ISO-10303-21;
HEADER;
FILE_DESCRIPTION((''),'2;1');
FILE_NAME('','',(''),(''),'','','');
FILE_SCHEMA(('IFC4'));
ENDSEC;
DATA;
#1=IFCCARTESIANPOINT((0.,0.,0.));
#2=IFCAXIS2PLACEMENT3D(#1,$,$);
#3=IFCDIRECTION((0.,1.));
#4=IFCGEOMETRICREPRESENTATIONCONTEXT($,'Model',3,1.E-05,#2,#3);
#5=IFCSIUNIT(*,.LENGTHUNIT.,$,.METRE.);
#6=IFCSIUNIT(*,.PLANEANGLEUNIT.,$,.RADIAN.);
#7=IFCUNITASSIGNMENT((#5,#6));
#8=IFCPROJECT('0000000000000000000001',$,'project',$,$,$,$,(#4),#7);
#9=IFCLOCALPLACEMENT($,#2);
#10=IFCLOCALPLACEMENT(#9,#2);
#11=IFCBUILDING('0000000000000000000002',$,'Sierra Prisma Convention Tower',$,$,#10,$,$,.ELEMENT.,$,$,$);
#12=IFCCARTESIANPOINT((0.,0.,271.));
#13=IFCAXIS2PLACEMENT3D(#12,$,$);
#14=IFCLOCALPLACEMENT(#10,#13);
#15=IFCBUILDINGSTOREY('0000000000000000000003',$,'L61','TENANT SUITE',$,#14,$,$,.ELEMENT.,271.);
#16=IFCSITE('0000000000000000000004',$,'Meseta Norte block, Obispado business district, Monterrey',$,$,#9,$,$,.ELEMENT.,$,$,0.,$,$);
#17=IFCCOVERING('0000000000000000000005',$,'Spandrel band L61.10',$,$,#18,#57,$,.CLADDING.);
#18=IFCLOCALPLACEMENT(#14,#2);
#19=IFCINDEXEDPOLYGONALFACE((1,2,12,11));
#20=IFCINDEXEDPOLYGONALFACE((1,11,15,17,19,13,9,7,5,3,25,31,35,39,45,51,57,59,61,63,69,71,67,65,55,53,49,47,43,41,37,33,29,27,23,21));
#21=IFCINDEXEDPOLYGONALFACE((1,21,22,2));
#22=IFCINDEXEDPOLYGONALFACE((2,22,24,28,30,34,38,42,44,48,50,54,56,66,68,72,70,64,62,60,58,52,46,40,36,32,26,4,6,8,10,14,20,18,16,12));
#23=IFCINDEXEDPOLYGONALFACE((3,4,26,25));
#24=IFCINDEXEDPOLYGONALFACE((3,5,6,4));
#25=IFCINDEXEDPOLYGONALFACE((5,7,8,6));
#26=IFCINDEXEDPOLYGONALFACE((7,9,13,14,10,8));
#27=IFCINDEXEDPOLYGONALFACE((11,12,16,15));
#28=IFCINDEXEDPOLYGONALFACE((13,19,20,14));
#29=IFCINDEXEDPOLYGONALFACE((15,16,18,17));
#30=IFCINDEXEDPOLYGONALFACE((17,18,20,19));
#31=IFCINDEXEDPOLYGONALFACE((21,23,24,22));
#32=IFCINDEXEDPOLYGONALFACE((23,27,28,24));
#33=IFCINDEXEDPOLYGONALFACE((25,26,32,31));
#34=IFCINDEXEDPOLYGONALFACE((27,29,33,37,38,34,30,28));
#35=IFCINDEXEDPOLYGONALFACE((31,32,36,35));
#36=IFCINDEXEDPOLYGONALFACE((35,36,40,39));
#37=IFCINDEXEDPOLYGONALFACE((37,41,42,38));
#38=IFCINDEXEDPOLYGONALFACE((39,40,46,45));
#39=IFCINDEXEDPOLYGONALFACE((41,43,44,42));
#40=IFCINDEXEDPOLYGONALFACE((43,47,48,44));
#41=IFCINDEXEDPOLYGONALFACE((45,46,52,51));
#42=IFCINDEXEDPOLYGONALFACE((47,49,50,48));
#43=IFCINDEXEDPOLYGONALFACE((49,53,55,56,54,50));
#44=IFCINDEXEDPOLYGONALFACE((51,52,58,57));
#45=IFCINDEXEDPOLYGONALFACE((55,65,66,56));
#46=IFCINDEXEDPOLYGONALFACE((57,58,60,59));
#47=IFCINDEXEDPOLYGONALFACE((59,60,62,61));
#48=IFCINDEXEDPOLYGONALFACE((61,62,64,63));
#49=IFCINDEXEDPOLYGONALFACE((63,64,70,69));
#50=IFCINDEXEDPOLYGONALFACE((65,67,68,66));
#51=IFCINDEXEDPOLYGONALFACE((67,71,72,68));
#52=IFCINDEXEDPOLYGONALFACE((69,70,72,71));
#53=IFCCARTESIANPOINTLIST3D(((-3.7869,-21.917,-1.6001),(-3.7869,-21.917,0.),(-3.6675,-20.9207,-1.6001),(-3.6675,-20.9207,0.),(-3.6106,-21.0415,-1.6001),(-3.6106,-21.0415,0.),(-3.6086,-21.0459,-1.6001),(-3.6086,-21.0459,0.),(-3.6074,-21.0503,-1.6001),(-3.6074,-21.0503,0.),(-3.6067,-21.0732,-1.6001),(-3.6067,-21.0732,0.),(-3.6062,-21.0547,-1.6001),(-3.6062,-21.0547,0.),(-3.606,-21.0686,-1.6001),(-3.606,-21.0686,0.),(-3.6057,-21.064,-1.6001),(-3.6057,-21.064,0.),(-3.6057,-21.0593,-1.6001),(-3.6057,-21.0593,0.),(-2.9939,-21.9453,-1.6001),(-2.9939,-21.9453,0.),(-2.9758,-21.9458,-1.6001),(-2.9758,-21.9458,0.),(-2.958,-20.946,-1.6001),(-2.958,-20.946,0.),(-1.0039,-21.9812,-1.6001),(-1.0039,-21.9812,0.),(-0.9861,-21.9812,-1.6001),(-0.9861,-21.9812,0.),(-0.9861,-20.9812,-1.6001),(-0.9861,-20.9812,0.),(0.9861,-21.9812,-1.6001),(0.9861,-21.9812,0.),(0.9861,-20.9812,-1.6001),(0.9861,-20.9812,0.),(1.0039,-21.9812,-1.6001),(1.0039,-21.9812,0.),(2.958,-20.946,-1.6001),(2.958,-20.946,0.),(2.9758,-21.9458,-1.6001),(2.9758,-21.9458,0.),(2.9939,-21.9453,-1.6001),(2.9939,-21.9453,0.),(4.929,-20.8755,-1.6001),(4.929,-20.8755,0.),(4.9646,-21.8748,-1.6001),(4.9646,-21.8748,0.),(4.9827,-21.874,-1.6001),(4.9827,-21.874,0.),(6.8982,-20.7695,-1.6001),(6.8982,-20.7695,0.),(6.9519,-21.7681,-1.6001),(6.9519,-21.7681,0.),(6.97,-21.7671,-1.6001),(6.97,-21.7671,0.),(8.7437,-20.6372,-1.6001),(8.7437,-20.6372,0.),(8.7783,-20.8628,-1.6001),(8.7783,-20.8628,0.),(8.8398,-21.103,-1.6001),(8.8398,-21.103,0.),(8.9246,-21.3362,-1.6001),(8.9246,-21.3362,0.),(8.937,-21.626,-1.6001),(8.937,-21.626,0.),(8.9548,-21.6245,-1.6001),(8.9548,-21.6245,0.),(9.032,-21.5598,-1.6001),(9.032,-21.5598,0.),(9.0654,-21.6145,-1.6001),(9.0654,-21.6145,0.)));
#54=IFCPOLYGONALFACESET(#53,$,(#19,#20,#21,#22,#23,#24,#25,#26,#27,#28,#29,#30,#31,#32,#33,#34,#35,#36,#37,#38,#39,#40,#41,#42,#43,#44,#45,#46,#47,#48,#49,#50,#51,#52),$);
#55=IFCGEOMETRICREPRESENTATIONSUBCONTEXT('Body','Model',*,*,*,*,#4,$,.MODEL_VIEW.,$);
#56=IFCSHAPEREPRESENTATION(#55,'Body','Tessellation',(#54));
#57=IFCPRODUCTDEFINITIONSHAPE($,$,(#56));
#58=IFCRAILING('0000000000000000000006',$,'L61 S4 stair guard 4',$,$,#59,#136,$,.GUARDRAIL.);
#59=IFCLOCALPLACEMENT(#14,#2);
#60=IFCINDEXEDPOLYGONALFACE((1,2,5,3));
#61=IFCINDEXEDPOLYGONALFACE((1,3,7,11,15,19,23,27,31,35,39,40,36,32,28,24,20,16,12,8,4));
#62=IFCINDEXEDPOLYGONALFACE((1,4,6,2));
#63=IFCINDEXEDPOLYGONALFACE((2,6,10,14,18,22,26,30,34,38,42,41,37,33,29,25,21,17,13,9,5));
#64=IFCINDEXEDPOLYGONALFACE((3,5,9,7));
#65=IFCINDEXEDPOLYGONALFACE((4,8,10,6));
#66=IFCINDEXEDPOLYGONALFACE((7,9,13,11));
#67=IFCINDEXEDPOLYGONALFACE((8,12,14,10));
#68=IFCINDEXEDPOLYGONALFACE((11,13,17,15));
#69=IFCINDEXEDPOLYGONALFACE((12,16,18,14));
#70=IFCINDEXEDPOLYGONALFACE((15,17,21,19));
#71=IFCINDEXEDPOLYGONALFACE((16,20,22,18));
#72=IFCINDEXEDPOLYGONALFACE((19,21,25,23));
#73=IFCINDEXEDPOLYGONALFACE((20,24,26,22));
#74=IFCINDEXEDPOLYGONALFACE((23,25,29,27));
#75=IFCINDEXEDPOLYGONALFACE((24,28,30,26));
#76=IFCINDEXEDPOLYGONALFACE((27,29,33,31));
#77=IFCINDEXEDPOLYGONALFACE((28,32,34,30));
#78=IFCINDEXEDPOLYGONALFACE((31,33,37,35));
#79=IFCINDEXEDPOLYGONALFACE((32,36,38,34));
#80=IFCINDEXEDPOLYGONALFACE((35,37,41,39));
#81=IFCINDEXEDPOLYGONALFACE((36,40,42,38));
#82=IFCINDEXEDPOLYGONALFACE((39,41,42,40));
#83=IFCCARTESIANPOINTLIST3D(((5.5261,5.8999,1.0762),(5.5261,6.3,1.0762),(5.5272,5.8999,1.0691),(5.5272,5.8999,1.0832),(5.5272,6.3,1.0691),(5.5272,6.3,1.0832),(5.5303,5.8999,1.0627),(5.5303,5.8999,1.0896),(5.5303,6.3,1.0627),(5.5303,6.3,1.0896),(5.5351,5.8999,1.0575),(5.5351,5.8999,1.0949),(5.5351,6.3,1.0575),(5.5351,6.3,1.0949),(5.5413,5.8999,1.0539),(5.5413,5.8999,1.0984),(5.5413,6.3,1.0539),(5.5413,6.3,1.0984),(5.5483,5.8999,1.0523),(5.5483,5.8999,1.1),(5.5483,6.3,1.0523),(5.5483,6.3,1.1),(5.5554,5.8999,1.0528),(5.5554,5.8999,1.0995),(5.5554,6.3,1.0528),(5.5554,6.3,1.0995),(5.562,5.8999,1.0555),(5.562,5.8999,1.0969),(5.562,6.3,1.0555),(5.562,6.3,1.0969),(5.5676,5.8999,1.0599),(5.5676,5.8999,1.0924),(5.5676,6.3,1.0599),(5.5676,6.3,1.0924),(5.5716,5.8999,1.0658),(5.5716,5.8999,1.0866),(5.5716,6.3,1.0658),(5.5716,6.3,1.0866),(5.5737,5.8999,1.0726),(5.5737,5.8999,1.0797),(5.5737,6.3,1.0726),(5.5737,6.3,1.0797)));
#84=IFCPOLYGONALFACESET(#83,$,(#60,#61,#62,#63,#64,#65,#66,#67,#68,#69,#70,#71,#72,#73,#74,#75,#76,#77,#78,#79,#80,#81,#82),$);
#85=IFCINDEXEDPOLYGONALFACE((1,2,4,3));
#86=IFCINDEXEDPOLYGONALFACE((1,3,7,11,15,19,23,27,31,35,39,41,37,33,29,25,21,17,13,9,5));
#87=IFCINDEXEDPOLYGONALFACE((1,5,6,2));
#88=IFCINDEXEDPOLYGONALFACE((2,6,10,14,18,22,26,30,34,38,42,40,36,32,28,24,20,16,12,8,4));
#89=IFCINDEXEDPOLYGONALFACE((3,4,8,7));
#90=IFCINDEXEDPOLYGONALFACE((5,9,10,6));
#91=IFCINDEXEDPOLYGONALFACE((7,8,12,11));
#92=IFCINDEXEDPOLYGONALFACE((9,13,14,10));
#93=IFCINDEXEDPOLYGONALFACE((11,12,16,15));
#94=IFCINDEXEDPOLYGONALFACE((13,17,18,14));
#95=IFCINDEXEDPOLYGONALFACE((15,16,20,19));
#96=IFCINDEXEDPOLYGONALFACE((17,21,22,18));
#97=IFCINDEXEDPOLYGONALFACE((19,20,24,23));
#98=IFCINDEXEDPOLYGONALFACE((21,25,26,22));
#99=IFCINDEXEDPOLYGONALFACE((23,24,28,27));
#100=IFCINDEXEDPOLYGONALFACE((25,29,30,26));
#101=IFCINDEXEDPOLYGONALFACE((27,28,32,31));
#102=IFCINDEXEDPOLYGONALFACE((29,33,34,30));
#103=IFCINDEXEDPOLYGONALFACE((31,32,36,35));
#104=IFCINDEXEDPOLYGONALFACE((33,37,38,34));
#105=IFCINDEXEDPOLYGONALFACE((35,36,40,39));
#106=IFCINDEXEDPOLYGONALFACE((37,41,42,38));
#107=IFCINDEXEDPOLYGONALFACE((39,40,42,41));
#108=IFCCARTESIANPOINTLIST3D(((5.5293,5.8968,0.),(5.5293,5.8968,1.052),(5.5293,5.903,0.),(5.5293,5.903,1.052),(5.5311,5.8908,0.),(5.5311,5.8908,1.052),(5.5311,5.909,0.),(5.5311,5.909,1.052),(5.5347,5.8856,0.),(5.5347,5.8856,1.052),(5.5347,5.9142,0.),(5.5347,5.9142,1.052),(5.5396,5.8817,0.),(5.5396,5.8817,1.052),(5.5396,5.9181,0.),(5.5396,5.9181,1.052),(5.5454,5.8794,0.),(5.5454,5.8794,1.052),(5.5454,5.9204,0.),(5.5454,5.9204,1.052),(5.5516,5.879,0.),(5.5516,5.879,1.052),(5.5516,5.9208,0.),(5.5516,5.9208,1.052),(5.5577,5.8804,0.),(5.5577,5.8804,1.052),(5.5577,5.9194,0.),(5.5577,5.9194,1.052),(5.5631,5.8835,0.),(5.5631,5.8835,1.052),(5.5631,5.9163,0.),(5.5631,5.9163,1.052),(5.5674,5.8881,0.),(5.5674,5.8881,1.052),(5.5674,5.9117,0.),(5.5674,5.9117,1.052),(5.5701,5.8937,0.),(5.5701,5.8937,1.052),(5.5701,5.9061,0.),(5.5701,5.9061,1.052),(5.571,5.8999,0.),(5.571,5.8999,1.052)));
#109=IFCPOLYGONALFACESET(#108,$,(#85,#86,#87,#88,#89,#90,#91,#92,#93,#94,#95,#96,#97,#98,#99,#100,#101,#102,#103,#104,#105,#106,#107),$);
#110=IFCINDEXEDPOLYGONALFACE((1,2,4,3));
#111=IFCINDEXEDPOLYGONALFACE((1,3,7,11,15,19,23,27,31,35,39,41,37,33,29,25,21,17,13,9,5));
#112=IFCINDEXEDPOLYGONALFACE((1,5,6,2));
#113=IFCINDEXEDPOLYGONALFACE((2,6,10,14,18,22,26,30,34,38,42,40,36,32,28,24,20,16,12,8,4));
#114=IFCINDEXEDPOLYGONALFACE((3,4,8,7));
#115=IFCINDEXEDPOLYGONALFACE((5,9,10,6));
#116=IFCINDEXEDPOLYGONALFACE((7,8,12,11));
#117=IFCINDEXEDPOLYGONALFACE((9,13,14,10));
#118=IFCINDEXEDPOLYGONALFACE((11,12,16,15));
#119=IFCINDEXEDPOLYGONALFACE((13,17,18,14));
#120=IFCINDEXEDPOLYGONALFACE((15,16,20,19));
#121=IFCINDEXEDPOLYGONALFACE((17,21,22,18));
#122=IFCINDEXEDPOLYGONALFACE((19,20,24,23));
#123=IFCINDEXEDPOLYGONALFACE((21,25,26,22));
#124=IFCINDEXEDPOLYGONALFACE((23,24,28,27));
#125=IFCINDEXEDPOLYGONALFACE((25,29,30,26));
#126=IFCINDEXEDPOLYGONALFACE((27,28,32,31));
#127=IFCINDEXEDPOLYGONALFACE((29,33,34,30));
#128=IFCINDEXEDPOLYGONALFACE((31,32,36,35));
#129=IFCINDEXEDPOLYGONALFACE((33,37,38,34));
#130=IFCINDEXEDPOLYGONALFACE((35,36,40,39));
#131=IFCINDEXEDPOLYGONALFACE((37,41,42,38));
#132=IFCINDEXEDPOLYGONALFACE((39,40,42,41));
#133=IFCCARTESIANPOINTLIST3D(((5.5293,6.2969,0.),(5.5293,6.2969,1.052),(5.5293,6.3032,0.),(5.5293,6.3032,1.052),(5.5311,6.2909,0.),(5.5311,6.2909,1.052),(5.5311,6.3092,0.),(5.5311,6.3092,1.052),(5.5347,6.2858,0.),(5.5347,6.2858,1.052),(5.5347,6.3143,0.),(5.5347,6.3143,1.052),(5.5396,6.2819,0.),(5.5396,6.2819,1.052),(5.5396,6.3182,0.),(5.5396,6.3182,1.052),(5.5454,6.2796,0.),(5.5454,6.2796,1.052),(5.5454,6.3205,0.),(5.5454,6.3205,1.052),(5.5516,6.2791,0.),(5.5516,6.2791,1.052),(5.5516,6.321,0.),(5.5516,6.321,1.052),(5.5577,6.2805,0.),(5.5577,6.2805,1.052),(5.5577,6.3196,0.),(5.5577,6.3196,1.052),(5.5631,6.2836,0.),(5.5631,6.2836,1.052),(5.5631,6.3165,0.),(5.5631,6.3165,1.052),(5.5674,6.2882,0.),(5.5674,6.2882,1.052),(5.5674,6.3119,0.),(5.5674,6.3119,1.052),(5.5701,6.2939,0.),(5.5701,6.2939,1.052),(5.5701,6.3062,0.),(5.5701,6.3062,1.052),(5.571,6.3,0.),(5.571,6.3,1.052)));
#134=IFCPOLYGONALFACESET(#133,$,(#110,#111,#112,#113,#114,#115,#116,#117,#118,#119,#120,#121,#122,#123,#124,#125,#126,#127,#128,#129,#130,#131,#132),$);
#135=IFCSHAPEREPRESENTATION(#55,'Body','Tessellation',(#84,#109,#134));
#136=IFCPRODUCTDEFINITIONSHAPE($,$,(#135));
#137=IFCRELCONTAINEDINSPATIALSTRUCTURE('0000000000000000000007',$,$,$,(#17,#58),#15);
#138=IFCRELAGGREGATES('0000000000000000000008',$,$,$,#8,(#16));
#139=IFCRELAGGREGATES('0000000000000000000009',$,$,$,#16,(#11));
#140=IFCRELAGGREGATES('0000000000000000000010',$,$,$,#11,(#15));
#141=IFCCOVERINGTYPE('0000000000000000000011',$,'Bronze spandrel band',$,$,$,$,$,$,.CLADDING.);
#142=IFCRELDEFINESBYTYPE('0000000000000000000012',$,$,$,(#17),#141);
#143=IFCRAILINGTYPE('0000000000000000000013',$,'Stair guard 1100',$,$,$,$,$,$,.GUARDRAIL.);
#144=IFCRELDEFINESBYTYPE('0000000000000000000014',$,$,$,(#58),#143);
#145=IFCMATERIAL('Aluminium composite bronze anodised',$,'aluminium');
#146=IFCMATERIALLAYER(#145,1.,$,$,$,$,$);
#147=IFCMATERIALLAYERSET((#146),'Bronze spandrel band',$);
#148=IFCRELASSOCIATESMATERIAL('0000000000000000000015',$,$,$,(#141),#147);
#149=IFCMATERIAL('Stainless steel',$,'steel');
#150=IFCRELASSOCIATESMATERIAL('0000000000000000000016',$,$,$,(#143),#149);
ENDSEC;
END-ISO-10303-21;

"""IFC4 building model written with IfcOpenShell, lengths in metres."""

from ifc_helpers import new_model, si_unit, direction, frame, origin, origin_2d, place, context, subcontext, project, spatial, polyline, circle, outline, extrude, material, layer, layer_set, type_object, element, save


model = new_model("IFC4")

# Units and contexts
model_context = context("Model", 3, precision=1e-05, world=origin(), true_north=direction((0.0, 1.0)))
body_context = subcontext(model_context, "Body", "Model", "MODEL_VIEW")
ifc_project = project(units=[si_unit("LENGTHUNIT", "METRE"), si_unit("PLANEANGLEUNIT", "RADIAN")], contexts=[model_context])

# Site, building, storey
site_placement = place(None, origin())
site = spatial("IfcSite", under=ifc_project, at=site_placement, Name="Meseta Norte block, Obispado business district, Monterrey", CompositionType="ELEMENT", RefElevation=0.0)
building_placement = place(site_placement, origin())
building = spatial("IfcBuilding", under=site, at=building_placement, Name="Sierra Prisma Convention Tower", CompositionType="ELEMENT")
storey_placement = place(building_placement, frame((0.0, 0.0, 271.0)))
storey = spatial("IfcBuildingStorey", under=building, at=storey_placement, Name="L61", Description="TENANT SUITE", CompositionType="ELEMENT", Elevation=271.0)

# Covering
ifc_material_1 = material(Name="Aluminium composite bronze anodised", Category="aluminium")
ifc_layer_1 = layer(ifc_material_1, 1.0)
ifc_layer_set_1 = layer_set([ifc_layer_1], Name="Bronze spandrel band")
covering_type_1 = type_object("IfcCoveringType", Name="Bronze spandrel band", PredefinedType="CLADDING", material=ifc_layer_set_1)
covering_1_placement = place(storey_placement, frame((0.0, 0.0, -1.6001)))
element("IfcCovering", 1, at=covering_1_placement, inside=storey, type_object=covering_type_1, Name="Spandrel band L61.10", PredefinedType="CLADDING", context=body_context, shape_type="SweptSolid", body=[
    extrude(outline(polyline([(8.9548, -21.6245), (8.937, -21.626), (6.97, -21.7671), (6.9519, -21.7681), (4.9827, -21.874), (4.9646, -21.8748), (2.9939, -21.9453), (2.9758, -21.9458), (1.0039, -21.9812), (0.9861, -21.9812), (-0.9861, -21.9812), (-1.0039, -21.9812), (-2.9758, -21.9458), (-2.9939, -21.9453), (-3.7869, -21.917), (-3.6067, -21.0732), (-3.606, -21.0686), (-3.6057, -21.064), (-3.6057, -21.0593), (-3.6062, -21.0547), (-3.6074, -21.0503), (-3.6086, -21.0459), (-3.6106, -21.0415), (-3.6675, -20.9207), (-2.958, -20.946), (-0.9861, -20.9812), (0.9861, -20.9812), (2.958, -20.946), (4.929, -20.8755), (6.8982, -20.7695), (8.7437, -20.6372), (8.7783, -20.8628), (8.8398, -21.103), (8.9246, -21.3362), (9.032, -21.5598), (9.0654, -21.6145), (8.9548, -21.6245)])), origin(), (0.0, 0.0, 1.0), 1.6001),
])

# Railing
ifc_material_2 = material(Name="Stainless steel", Category="steel")
railing_type = type_object("IfcRailingType", Name="Stair guard 1100", PredefinedType="GUARDRAIL", material=ifc_material_2)
railing_placement = place(storey_placement, frame((5.55, 5.8999, 0.0)))
element("IfcRailing", 2, at=railing_placement, inside=storey, type_object=railing_type, Name="L61 S4 stair guard 4", PredefinedType="GUARDRAIL", context=body_context, shape_type="SweptSolid", body=[
    extrude(circle(Radius=0.0239, at=origin_2d()), frame((0.0, 0.0, 1.0762), z_axis=(0.0, 1.0, 0.0), x_axis=(-1.0, 0.0, 0.0)), (0.0, 0.0, 1.0), 0.4001),
    extrude(circle(Radius=0.021, at=origin_2d()), origin(), (0.0, 0.0, 1.0), 1.052),
    extrude(circle(Radius=0.021, at=origin_2d()), frame((0.0, 0.4001, 0.0)), (0.0, 0.0, 1.0), 1.052),
])

save(model, "model.ifc")
